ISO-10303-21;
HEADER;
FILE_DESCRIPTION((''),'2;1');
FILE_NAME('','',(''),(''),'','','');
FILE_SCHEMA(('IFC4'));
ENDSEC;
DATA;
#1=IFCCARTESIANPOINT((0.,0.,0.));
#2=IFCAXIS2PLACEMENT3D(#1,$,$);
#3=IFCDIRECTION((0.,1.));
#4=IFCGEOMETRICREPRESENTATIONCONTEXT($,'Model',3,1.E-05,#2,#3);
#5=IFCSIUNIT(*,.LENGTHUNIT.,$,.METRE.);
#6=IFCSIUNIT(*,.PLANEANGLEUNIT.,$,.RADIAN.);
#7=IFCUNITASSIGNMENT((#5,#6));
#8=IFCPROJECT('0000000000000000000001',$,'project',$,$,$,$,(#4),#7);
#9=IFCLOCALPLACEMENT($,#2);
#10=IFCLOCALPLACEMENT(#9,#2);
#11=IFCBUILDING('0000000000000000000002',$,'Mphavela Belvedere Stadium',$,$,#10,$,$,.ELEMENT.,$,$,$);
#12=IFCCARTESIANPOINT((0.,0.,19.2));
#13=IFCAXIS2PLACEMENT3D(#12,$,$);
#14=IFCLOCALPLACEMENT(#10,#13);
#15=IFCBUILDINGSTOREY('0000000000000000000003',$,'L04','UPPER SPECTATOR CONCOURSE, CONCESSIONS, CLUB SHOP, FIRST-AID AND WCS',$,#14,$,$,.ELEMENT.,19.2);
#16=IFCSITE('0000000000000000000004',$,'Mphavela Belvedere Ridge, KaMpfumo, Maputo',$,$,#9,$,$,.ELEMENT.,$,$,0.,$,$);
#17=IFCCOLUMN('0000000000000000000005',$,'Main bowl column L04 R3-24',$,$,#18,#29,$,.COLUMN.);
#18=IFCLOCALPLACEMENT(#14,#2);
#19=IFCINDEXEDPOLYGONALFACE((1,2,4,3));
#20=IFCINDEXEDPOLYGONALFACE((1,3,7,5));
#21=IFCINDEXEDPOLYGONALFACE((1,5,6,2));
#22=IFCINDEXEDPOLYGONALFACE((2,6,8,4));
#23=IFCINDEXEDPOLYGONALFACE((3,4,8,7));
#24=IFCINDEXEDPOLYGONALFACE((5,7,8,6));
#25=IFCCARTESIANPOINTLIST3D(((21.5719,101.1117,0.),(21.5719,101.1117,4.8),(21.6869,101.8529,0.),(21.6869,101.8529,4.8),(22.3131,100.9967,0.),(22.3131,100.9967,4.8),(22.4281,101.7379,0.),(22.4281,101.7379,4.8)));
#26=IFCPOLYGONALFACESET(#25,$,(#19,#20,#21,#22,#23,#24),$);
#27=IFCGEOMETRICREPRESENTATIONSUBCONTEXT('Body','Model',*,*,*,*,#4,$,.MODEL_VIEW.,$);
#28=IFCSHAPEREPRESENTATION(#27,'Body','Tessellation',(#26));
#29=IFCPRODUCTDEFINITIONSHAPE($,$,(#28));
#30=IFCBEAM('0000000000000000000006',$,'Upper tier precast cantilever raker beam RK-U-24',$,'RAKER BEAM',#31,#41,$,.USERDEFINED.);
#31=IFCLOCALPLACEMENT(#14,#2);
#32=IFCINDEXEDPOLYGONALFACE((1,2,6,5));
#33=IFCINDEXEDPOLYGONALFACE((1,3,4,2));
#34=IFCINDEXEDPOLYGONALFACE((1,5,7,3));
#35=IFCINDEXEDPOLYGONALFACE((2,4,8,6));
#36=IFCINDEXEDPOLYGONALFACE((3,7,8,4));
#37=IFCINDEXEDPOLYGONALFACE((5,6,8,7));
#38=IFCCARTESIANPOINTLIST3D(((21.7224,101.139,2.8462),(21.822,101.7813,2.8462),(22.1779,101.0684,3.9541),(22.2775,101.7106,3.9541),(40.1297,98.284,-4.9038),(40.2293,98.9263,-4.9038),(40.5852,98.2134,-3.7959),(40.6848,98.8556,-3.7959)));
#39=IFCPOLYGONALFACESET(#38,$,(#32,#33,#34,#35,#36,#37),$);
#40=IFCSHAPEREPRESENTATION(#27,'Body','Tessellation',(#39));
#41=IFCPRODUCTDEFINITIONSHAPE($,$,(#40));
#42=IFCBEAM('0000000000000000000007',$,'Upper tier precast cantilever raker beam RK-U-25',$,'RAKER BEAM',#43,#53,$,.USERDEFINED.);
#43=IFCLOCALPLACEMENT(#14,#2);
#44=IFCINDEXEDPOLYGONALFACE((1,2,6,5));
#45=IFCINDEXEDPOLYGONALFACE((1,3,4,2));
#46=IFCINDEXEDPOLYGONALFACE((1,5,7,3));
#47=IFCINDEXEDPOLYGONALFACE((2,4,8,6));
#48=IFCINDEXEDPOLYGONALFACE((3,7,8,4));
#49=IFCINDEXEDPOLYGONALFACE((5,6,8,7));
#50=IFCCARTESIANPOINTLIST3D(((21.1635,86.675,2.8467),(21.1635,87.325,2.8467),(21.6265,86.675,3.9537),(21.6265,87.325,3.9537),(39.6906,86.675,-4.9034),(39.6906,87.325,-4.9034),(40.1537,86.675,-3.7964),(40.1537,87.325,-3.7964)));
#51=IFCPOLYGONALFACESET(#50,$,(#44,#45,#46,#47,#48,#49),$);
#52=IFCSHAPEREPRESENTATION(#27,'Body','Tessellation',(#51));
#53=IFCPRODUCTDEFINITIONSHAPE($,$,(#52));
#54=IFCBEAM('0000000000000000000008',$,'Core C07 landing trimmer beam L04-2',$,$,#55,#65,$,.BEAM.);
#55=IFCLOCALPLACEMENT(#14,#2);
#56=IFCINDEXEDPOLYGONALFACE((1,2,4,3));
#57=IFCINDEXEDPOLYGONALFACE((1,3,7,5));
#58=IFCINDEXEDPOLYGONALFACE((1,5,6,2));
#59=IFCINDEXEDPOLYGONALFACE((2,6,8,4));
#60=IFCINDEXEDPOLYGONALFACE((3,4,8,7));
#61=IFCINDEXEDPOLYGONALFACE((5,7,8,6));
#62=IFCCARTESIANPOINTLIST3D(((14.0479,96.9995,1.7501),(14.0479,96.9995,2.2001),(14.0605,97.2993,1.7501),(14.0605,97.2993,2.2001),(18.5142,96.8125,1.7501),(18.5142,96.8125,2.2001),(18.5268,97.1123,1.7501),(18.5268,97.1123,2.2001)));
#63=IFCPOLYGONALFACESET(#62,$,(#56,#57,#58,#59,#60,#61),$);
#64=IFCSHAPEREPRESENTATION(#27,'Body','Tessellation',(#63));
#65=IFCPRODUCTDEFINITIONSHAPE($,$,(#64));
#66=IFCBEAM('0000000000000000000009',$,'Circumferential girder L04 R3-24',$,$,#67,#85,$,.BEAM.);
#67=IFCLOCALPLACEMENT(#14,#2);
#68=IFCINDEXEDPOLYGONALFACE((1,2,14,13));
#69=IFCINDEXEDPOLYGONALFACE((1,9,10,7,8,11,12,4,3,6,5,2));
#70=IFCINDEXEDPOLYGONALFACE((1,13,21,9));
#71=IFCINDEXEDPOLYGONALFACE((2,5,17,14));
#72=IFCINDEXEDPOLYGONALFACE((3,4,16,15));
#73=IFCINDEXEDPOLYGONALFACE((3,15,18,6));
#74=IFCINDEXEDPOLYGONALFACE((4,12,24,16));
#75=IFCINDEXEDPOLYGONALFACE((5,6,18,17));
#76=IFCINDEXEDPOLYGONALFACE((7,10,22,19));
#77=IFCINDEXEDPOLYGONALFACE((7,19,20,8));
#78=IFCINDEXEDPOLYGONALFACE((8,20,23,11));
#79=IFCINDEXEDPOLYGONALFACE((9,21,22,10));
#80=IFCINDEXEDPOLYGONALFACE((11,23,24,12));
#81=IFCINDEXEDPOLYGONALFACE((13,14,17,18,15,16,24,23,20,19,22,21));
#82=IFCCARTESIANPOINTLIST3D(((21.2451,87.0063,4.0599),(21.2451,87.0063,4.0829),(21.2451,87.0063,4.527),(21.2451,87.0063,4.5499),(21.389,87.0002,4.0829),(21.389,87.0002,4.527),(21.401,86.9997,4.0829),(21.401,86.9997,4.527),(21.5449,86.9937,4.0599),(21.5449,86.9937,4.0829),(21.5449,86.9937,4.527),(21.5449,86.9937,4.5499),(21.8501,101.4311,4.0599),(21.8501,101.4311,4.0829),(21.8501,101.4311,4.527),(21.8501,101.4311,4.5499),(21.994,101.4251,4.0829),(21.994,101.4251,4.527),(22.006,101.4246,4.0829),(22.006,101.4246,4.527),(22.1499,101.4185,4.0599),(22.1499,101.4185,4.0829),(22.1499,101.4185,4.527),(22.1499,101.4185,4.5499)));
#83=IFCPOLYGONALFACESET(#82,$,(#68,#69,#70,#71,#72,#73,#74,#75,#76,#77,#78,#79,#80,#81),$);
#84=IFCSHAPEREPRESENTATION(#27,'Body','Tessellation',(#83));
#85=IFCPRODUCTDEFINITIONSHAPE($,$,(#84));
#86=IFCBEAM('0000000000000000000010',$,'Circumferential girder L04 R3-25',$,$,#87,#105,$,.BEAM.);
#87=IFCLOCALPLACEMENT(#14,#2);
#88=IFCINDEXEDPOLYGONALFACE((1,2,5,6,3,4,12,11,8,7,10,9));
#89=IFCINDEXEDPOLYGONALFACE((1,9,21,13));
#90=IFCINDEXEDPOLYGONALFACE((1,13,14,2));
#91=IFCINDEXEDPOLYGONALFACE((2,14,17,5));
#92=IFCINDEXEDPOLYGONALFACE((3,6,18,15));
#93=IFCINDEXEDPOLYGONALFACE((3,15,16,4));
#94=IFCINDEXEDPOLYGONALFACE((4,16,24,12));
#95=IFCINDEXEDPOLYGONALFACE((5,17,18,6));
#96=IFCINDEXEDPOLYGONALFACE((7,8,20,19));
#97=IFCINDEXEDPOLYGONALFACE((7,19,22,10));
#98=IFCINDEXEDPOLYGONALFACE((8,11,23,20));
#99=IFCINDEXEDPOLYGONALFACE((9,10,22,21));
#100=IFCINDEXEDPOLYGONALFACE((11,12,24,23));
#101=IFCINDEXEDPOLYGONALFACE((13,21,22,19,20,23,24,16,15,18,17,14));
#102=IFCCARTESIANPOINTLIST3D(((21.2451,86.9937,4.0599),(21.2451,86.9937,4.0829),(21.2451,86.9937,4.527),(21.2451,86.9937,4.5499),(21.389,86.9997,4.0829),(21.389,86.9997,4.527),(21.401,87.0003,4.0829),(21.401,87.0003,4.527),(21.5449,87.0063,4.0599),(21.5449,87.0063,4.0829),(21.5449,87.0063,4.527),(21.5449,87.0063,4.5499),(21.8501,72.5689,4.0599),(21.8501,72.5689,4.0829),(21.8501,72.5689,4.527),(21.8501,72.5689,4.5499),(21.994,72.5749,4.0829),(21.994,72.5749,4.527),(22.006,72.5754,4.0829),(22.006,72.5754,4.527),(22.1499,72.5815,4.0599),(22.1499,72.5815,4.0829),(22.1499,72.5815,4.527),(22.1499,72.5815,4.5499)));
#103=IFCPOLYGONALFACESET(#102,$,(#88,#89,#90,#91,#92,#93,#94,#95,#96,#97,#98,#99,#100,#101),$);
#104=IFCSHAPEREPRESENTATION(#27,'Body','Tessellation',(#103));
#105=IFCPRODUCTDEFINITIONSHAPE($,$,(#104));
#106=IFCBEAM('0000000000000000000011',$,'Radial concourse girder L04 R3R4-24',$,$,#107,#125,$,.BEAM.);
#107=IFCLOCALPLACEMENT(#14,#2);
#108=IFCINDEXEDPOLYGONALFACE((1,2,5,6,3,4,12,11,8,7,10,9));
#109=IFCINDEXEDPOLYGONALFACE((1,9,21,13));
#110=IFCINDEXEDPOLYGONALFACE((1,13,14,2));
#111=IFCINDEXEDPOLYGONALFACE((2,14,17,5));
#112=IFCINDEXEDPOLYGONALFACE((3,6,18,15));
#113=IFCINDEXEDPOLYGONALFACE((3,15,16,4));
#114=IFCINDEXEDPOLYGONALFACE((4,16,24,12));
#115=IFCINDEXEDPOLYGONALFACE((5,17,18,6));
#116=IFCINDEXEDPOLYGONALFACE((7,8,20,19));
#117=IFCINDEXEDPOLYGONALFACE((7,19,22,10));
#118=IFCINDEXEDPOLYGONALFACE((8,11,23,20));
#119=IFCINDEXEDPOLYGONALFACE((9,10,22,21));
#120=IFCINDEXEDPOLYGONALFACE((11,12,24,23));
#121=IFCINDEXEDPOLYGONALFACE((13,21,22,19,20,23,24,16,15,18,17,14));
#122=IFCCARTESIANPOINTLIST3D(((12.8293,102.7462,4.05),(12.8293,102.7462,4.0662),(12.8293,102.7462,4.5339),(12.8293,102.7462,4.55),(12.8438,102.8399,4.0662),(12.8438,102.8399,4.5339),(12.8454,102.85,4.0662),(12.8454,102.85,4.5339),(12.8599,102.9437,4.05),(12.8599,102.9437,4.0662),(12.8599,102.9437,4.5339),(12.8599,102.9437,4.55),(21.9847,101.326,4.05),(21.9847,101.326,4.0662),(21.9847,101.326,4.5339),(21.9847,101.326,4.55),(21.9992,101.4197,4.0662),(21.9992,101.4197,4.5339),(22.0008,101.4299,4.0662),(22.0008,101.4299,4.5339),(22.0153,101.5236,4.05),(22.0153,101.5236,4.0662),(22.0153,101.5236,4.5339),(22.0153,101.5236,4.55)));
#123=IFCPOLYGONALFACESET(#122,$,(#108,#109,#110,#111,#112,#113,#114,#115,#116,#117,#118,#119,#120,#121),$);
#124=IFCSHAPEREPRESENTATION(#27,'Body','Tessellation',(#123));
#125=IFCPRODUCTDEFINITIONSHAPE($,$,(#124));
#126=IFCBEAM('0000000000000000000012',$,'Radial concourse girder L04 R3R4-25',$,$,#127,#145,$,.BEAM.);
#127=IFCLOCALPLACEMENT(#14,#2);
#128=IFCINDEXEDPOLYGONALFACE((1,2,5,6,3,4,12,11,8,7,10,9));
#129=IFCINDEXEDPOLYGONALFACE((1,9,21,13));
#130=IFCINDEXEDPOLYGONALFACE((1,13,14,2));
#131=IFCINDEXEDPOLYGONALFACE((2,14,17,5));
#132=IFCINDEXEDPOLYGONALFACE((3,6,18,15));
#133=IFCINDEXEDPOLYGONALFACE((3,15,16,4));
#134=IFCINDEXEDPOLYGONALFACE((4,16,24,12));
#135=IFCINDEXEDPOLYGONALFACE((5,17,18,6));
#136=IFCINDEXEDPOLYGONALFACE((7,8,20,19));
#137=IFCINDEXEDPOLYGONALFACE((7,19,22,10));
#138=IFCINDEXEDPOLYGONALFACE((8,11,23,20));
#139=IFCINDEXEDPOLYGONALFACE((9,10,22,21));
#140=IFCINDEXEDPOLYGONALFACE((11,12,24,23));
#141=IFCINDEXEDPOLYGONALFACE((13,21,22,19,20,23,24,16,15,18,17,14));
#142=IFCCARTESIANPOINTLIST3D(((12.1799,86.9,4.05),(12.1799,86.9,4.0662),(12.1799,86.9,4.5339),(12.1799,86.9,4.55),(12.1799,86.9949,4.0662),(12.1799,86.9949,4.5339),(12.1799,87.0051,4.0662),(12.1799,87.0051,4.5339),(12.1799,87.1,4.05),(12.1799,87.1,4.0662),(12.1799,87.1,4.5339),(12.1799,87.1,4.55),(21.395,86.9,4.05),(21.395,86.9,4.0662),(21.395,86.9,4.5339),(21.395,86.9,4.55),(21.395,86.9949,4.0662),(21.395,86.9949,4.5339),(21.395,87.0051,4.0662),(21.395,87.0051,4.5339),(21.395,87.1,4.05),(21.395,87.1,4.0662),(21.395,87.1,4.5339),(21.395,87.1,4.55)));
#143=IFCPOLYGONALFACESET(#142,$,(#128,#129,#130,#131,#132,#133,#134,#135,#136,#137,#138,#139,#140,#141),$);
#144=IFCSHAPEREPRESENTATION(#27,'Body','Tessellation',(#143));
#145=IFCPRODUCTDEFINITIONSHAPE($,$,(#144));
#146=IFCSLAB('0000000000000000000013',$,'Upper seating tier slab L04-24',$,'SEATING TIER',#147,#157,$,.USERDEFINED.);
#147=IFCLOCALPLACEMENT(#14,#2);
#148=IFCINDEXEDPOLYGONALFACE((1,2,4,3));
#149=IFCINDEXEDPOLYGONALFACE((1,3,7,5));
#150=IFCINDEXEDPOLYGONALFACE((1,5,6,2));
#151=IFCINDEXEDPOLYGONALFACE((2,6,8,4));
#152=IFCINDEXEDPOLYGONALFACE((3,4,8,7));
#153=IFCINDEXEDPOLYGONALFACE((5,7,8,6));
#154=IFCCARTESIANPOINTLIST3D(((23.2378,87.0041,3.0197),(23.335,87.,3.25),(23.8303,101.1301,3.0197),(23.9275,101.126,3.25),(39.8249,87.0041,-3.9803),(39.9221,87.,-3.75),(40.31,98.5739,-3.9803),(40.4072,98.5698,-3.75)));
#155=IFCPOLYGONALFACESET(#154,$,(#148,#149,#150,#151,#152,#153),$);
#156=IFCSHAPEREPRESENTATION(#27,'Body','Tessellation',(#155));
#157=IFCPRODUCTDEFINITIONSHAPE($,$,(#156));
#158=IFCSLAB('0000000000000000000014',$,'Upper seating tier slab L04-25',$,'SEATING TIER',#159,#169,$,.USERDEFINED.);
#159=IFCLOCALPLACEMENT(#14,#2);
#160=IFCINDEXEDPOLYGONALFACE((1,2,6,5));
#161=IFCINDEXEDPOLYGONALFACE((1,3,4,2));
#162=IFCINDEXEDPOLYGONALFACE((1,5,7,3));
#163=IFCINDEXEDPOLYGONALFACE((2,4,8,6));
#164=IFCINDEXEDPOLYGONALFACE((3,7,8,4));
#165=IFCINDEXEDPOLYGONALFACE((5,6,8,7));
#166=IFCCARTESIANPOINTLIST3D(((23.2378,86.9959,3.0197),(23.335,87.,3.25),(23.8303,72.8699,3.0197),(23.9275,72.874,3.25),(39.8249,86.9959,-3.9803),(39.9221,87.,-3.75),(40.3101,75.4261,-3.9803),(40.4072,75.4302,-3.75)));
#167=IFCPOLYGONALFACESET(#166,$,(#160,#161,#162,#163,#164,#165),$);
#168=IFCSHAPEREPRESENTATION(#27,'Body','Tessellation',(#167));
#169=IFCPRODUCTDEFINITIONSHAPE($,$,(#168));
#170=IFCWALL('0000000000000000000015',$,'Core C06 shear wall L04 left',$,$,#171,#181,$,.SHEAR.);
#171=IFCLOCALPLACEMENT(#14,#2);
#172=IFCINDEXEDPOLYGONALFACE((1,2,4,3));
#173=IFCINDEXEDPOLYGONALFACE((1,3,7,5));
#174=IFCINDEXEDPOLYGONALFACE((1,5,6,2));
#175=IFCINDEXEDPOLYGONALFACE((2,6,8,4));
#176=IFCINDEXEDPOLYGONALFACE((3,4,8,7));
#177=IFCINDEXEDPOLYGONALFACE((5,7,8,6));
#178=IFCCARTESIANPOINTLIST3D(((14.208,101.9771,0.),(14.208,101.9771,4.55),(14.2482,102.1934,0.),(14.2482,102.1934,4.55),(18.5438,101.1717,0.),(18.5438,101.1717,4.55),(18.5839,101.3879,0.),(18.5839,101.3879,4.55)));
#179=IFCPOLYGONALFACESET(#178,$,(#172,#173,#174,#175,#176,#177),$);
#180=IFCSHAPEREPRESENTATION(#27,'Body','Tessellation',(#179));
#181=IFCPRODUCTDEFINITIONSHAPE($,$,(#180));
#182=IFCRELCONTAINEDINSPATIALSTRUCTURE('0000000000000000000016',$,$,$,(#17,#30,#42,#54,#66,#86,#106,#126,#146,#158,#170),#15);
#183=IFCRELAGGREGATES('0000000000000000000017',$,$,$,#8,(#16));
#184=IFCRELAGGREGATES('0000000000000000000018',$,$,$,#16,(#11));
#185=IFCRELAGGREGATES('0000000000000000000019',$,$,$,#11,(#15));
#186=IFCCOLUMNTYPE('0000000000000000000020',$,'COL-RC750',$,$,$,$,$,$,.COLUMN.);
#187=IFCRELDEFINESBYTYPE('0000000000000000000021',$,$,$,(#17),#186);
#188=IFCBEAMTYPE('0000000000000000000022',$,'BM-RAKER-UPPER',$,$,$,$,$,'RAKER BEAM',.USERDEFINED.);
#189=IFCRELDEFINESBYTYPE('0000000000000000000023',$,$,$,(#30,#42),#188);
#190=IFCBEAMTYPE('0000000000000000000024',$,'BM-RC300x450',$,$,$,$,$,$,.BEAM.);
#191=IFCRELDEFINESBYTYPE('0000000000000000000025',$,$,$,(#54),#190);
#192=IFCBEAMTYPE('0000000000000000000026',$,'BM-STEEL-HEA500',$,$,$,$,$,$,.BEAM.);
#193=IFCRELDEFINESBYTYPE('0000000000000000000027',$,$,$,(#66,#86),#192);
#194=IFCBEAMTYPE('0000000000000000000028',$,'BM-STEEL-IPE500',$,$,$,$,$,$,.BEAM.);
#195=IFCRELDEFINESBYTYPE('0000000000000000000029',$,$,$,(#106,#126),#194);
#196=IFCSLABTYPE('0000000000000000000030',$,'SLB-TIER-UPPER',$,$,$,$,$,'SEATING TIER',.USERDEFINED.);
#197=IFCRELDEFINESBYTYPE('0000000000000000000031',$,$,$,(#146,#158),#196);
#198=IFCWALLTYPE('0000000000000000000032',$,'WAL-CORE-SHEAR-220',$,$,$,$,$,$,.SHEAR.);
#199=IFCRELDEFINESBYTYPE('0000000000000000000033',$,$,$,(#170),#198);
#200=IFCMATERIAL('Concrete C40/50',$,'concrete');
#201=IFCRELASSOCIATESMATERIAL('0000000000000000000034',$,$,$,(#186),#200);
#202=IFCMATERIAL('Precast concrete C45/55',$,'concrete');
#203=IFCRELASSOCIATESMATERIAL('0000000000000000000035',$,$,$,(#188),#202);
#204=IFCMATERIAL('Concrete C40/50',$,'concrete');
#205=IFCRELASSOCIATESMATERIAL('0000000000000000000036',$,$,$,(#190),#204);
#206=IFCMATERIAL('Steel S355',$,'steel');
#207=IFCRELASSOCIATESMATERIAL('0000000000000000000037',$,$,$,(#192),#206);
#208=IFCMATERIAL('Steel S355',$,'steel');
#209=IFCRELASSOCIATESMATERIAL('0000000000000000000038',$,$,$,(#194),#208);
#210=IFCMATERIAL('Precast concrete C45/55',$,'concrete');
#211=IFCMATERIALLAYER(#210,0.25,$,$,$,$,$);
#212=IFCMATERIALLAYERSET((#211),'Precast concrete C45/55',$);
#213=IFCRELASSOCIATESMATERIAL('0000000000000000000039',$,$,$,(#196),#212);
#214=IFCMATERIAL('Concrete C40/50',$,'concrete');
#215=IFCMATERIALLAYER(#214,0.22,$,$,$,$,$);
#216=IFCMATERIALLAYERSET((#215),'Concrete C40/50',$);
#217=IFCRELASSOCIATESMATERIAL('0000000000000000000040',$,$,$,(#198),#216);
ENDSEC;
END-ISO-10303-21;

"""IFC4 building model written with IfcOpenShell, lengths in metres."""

from ifc_helpers import new_model, si_unit, direction, frame, frame_2d, origin, origin_2d, place, context, subcontext, project, spatial, polyline, rectangle, i_section, outline, extrude, material, layer, layer_set, material_profile, profile_set, type_object, element, save


model = new_model("IFC4")

# Units and contexts
model_context = context("Model", 3, precision=1e-05, world=origin(), true_north=direction((0.0, 1.0)))
body_context = subcontext(model_context, "Body", "Model", "MODEL_VIEW")
ifc_project = project(units=[si_unit("LENGTHUNIT", "METRE"), si_unit("PLANEANGLEUNIT", "RADIAN")], contexts=[model_context])

# Site, building, storey
site_placement = place(None, origin())
site = spatial("IfcSite", under=ifc_project, at=site_placement, Name="Mphavela Belvedere Ridge, KaMpfumo, Maputo", CompositionType="ELEMENT", RefElevation=0.0)
building_placement = place(site_placement, origin())
building = spatial("IfcBuilding", under=site, at=building_placement, Name="Mphavela Belvedere Stadium", CompositionType="ELEMENT")
storey_placement = place(building_placement, frame((0.0, 0.0, 19.2)))
storey = spatial("IfcBuildingStorey", under=building, at=storey_placement, Name="L04", Description="UPPER SPECTATOR CONCOURSE, CONCESSIONS, CLUB SHOP, FIRST-AID AND WCS", CompositionType="ELEMENT", Elevation=19.2)

# Column
ifc_material_1 = material(Name="Concrete C40/50", Category="concrete")
ifc_material_profile_1 = material_profile(ifc_material_1, rectangle(XDim=0.75, YDim=0.75, at=origin_2d()), Name="RC 750x750")
ifc_profile_set_1 = profile_set([ifc_material_profile_1], Name="Concrete C40/50")
column_type = type_object("IfcColumnType", Name="COL-RC750", PredefinedType="COLUMN", material=ifc_profile_set_1)
column_placement = place(storey_placement, frame((22.0, 101.4248, 0.0), z_axis=(0.0, 0.0, 1.0), x_axis=(-0.988175, 0.153331, 0.0)))
element("IfcColumn", 1, at=column_placement, inside=storey, type_object=column_type, Name="Main bowl column L04 R3-24", PredefinedType="COLUMN", context=body_context, shape_type="SweptSolid", body=[
    extrude(rectangle(XDim=0.75, YDim=0.75, at=origin_2d()), origin(), (0.0, 0.0, 1.0), 4.8),
])

# Beams
ifc_material_2 = material(Name="Precast concrete C45/55", Category="concrete")
ifc_material_profile_2 = material_profile(ifc_material_2, rectangle(XDim=0.6499, YDim=1.2, at=origin_2d()), Name="PC 650x1200")
ifc_profile_set_2 = profile_set([ifc_material_profile_2], Name="Precast concrete C45/55")
beam_type_1 = type_object("IfcBeamType", Name="BM-RAKER-UPPER", ElementType="RAKER BEAM", PredefinedType="USERDEFINED", material=ifc_profile_set_2)
beam_1_placement = place(storey_placement, frame((40.4072, 98.5698, -4.3499), z_axis=(-0.912368, 0.141509, 0.384135), x_axis=(-0.153268, -0.988185, 0.0)))
element("IfcBeam", 2, at=beam_1_placement, inside=storey, type_object=beam_type_1, Name="Upper tier precast cantilever raker beam RK-U-24", ObjectType="RAKER BEAM", PredefinedType="USERDEFINED", context=body_context, shape_type="SweptSolid", body=[
    extrude(rectangle(XDim=0.6499, YDim=1.2, at=origin_2d()), origin(), (0.0, 0.0, 1.0), 20.1753),
])
beam_2_placement = place(storey_placement, frame((39.9221, 87.0, -4.3499), z_axis=(-0.922539, 0.0, 0.385904), x_axis=(0.0, -1.0, 0.0)))
element("IfcBeam", 3, at=beam_2_placement, inside=storey, type_object=beam_type_1, Name="Upper tier precast cantilever raker beam RK-U-25", ObjectType="RAKER BEAM", PredefinedType="USERDEFINED", context=body_context, shape_type="SweptSolid", body=[
    extrude(rectangle(XDim=0.6499, YDim=1.2, at=origin_2d()), origin(), (0.0, 0.0, 1.0), 20.0828),
])
ifc_material_3 = material(Name="Concrete C40/50", Category="concrete")
ifc_material_profile_3 = material_profile(ifc_material_3, rectangle(XDim=0.3, YDim=0.45, at=origin_2d()), Name="RC 300x450")
ifc_profile_set_3 = profile_set([ifc_material_profile_3], Name="Concrete C40/50")
beam_type_2 = type_object("IfcBeamType", Name="BM-RC300x450", PredefinedType="BEAM", material=ifc_profile_set_3)
beam_3_placement = place(storey_placement, frame((18.5205, 96.9624, 1.9751), z_axis=(-0.999125, 0.041835, 0.0), x_axis=(-0.041835, -0.999125, 0.0)))
element("IfcBeam", 4, at=beam_3_placement, inside=storey, type_object=beam_type_2, Name="Core C07 landing trimmer beam L04-2", PredefinedType="BEAM", context=body_context, shape_type="SweptSolid", body=[
    extrude(rectangle(XDim=0.3, YDim=0.45, at=origin_2d()), origin(), (0.0, 0.0, 1.0), 4.4702),
])
ifc_material_4 = material(Name="Steel S355", Category="steel")
ifc_material_profile_4 = material_profile(ifc_material_4, i_section(OverallWidth=0.3, OverallDepth=0.49, WebThickness=0.012, FlangeThickness=0.0229, at=origin_2d()), Name="HEA 500")
ifc_profile_set_4 = profile_set([ifc_material_profile_4], Name="Steel S355")
beam_type_3 = type_object("IfcBeamType", Name="BM-STEEL-HEA500", PredefinedType="BEAM", material=ifc_profile_set_4)
for number, where, z_axis, x_axis, name in (
    (5, (22.0, 101.4248, 4.3049), (-0.041903, -0.999122, 0.0), (0.999122, -0.041903, 0.0), "Circumferential girder L04 R3-24"),
    (6, (21.395, 87.0, 4.3049), (0.041903, -0.999122, 0.0), (0.999122, 0.041903, 0.0), "Circumferential girder L04 R3-25"),
):
    element("IfcBeam", number, at=place(storey_placement, frame(where, z_axis=z_axis, x_axis=x_axis)), inside=storey, type_object=beam_type_3, Name=name, PredefinedType="BEAM", context=body_context, shape_type="SweptSolid", body=[
        extrude(i_section(OverallWidth=0.3, OverallDepth=0.49, WebThickness=0.012, FlangeThickness=0.0229, at=origin_2d()), origin(), (0.0, 0.0, 1.0), 14.4375),
    ])
ifc_material_5 = material(Name="Steel S355", Category="steel")
ifc_material_profile_5 = material_profile(ifc_material_5, i_section(OverallWidth=0.2, OverallDepth=0.5, WebThickness=0.0103, FlangeThickness=0.0161, at=origin_2d()), Name="IPE 500")
ifc_profile_set_5 = profile_set([ifc_material_profile_5], Name="Steel S355")
beam_type_4 = type_object("IfcBeamType", Name="BM-STEEL-IPE500", PredefinedType="BEAM", material=ifc_profile_set_5)
beam_4_placement = place(storey_placement, frame((22.0, 101.4248, 4.3), z_axis=(-0.988182, 0.153283, 0.0), x_axis=(-0.153283, -0.988182, 0.0)))
element("IfcBeam", 7, at=beam_4_placement, inside=storey, type_object=beam_type_4, Name="Radial concourse girder L04 R3R4-24", PredefinedType="BEAM", context=body_context, shape_type="SweptSolid", body=[
    extrude(i_section(OverallWidth=0.2, OverallDepth=0.5, WebThickness=0.0103, FlangeThickness=0.0161, at=origin_2d()), origin(), (0.0, 0.0, 1.0), 9.2649),
])
beam_5_placement = place(storey_placement, frame((21.395, 87.0, 4.3), z_axis=(-1.0, 0.0, 0.0), x_axis=(0.0, -1.0, 0.0)))
element("IfcBeam", 8, at=beam_5_placement, inside=storey, type_object=beam_type_4, Name="Radial concourse girder L04 R3R4-25", PredefinedType="BEAM", context=body_context, shape_type="SweptSolid", body=[
    extrude(i_section(OverallWidth=0.2, OverallDepth=0.5, WebThickness=0.0103, FlangeThickness=0.0161, at=origin_2d()), origin(), (0.0, 0.0, 1.0), 9.2151),
])

# Slabs
ifc_material_6 = material(Name="Precast concrete C45/55", Category="concrete")
ifc_layer_1 = layer(ifc_material_6, 0.25)
ifc_layer_set_1 = layer_set([ifc_layer_1], Name="Precast concrete C45/55")
slab_type = type_object("IfcSlabType", Name="SLB-TIER-UPPER", ElementType="SEATING TIER", PredefinedType="USERDEFINED", material=ifc_layer_set_1)
slab_1_placement = place(storey_placement, frame((40.4072, 98.5698, -3.75), z_axis=(0.388759, -0.016304, 0.921195), x_axis=(-0.041893, -0.999122, -0.000003)))
element("IfcSlab", 9, at=slab_1_placement, inside=storey, type_object=slab_type, Name="Upper seating tier slab L04-24", ObjectType="SEATING TIER", PredefinedType="USERDEFINED", context=body_context, shape_type="SweptSolid", body=[
    extrude(outline(polyline([(0.0, 0.0), (11.58, 0.0), (12.2749, -17.9903), (-1.8635, -17.9901), (0.0, 0.0)])), origin(), (0.0, 0.0, -1.0), 0.25),
])
slab_2_placement = place(storey_placement, frame((39.9221, 87.0, -3.75), z_axis=(0.388759, 0.016304, 0.921195), x_axis=(0.041893, -0.999122, 0.000003)))
element("IfcSlab", 10, at=slab_2_placement, inside=storey, type_object=slab_type, Name="Upper seating tier slab L04-25", ObjectType="SEATING TIER", PredefinedType="USERDEFINED", context=body_context, shape_type="SweptSolid", body=[
    extrude(outline(polyline([(0.0, 0.0), (11.58, 0.0), (13.4435, -17.9901), (-0.6949, -17.9903), (0.0, 0.0)])), origin(), (0.0, 0.0, -1.0), 0.25),
])

# Wall
ifc_material_7 = material(Name="Concrete C40/50", Category="concrete")
ifc_layer_2 = layer(ifc_material_7, 0.22)
ifc_layer_set_2 = layer_set([ifc_layer_2], Name="Concrete C40/50")
wall_type_1 = type_object("IfcWallType", Name="WAL-CORE-SHEAR-220", PredefinedType="SHEAR", material=ifc_layer_set_2)
wall_1_placement = place(storey_placement, frame((18.564, 101.2798, 0.0), z_axis=(0.0, 0.0, 1.0), x_axis=(-0.98318, 0.18264, 0.0)))
element("IfcWall", 11, at=wall_1_placement, inside=storey, type_object=wall_type_1, Name="Core C06 shear wall L04 left", PredefinedType="SHEAR", context=body_context, shape_type="SweptSolid", body=[
    extrude(rectangle(XDim=4.4099, YDim=0.22, at=frame_2d((2.2051, 0.0))), origin(), (0.0, 0.0, 1.0), 4.55),
])

save(model, "model.ifc")
